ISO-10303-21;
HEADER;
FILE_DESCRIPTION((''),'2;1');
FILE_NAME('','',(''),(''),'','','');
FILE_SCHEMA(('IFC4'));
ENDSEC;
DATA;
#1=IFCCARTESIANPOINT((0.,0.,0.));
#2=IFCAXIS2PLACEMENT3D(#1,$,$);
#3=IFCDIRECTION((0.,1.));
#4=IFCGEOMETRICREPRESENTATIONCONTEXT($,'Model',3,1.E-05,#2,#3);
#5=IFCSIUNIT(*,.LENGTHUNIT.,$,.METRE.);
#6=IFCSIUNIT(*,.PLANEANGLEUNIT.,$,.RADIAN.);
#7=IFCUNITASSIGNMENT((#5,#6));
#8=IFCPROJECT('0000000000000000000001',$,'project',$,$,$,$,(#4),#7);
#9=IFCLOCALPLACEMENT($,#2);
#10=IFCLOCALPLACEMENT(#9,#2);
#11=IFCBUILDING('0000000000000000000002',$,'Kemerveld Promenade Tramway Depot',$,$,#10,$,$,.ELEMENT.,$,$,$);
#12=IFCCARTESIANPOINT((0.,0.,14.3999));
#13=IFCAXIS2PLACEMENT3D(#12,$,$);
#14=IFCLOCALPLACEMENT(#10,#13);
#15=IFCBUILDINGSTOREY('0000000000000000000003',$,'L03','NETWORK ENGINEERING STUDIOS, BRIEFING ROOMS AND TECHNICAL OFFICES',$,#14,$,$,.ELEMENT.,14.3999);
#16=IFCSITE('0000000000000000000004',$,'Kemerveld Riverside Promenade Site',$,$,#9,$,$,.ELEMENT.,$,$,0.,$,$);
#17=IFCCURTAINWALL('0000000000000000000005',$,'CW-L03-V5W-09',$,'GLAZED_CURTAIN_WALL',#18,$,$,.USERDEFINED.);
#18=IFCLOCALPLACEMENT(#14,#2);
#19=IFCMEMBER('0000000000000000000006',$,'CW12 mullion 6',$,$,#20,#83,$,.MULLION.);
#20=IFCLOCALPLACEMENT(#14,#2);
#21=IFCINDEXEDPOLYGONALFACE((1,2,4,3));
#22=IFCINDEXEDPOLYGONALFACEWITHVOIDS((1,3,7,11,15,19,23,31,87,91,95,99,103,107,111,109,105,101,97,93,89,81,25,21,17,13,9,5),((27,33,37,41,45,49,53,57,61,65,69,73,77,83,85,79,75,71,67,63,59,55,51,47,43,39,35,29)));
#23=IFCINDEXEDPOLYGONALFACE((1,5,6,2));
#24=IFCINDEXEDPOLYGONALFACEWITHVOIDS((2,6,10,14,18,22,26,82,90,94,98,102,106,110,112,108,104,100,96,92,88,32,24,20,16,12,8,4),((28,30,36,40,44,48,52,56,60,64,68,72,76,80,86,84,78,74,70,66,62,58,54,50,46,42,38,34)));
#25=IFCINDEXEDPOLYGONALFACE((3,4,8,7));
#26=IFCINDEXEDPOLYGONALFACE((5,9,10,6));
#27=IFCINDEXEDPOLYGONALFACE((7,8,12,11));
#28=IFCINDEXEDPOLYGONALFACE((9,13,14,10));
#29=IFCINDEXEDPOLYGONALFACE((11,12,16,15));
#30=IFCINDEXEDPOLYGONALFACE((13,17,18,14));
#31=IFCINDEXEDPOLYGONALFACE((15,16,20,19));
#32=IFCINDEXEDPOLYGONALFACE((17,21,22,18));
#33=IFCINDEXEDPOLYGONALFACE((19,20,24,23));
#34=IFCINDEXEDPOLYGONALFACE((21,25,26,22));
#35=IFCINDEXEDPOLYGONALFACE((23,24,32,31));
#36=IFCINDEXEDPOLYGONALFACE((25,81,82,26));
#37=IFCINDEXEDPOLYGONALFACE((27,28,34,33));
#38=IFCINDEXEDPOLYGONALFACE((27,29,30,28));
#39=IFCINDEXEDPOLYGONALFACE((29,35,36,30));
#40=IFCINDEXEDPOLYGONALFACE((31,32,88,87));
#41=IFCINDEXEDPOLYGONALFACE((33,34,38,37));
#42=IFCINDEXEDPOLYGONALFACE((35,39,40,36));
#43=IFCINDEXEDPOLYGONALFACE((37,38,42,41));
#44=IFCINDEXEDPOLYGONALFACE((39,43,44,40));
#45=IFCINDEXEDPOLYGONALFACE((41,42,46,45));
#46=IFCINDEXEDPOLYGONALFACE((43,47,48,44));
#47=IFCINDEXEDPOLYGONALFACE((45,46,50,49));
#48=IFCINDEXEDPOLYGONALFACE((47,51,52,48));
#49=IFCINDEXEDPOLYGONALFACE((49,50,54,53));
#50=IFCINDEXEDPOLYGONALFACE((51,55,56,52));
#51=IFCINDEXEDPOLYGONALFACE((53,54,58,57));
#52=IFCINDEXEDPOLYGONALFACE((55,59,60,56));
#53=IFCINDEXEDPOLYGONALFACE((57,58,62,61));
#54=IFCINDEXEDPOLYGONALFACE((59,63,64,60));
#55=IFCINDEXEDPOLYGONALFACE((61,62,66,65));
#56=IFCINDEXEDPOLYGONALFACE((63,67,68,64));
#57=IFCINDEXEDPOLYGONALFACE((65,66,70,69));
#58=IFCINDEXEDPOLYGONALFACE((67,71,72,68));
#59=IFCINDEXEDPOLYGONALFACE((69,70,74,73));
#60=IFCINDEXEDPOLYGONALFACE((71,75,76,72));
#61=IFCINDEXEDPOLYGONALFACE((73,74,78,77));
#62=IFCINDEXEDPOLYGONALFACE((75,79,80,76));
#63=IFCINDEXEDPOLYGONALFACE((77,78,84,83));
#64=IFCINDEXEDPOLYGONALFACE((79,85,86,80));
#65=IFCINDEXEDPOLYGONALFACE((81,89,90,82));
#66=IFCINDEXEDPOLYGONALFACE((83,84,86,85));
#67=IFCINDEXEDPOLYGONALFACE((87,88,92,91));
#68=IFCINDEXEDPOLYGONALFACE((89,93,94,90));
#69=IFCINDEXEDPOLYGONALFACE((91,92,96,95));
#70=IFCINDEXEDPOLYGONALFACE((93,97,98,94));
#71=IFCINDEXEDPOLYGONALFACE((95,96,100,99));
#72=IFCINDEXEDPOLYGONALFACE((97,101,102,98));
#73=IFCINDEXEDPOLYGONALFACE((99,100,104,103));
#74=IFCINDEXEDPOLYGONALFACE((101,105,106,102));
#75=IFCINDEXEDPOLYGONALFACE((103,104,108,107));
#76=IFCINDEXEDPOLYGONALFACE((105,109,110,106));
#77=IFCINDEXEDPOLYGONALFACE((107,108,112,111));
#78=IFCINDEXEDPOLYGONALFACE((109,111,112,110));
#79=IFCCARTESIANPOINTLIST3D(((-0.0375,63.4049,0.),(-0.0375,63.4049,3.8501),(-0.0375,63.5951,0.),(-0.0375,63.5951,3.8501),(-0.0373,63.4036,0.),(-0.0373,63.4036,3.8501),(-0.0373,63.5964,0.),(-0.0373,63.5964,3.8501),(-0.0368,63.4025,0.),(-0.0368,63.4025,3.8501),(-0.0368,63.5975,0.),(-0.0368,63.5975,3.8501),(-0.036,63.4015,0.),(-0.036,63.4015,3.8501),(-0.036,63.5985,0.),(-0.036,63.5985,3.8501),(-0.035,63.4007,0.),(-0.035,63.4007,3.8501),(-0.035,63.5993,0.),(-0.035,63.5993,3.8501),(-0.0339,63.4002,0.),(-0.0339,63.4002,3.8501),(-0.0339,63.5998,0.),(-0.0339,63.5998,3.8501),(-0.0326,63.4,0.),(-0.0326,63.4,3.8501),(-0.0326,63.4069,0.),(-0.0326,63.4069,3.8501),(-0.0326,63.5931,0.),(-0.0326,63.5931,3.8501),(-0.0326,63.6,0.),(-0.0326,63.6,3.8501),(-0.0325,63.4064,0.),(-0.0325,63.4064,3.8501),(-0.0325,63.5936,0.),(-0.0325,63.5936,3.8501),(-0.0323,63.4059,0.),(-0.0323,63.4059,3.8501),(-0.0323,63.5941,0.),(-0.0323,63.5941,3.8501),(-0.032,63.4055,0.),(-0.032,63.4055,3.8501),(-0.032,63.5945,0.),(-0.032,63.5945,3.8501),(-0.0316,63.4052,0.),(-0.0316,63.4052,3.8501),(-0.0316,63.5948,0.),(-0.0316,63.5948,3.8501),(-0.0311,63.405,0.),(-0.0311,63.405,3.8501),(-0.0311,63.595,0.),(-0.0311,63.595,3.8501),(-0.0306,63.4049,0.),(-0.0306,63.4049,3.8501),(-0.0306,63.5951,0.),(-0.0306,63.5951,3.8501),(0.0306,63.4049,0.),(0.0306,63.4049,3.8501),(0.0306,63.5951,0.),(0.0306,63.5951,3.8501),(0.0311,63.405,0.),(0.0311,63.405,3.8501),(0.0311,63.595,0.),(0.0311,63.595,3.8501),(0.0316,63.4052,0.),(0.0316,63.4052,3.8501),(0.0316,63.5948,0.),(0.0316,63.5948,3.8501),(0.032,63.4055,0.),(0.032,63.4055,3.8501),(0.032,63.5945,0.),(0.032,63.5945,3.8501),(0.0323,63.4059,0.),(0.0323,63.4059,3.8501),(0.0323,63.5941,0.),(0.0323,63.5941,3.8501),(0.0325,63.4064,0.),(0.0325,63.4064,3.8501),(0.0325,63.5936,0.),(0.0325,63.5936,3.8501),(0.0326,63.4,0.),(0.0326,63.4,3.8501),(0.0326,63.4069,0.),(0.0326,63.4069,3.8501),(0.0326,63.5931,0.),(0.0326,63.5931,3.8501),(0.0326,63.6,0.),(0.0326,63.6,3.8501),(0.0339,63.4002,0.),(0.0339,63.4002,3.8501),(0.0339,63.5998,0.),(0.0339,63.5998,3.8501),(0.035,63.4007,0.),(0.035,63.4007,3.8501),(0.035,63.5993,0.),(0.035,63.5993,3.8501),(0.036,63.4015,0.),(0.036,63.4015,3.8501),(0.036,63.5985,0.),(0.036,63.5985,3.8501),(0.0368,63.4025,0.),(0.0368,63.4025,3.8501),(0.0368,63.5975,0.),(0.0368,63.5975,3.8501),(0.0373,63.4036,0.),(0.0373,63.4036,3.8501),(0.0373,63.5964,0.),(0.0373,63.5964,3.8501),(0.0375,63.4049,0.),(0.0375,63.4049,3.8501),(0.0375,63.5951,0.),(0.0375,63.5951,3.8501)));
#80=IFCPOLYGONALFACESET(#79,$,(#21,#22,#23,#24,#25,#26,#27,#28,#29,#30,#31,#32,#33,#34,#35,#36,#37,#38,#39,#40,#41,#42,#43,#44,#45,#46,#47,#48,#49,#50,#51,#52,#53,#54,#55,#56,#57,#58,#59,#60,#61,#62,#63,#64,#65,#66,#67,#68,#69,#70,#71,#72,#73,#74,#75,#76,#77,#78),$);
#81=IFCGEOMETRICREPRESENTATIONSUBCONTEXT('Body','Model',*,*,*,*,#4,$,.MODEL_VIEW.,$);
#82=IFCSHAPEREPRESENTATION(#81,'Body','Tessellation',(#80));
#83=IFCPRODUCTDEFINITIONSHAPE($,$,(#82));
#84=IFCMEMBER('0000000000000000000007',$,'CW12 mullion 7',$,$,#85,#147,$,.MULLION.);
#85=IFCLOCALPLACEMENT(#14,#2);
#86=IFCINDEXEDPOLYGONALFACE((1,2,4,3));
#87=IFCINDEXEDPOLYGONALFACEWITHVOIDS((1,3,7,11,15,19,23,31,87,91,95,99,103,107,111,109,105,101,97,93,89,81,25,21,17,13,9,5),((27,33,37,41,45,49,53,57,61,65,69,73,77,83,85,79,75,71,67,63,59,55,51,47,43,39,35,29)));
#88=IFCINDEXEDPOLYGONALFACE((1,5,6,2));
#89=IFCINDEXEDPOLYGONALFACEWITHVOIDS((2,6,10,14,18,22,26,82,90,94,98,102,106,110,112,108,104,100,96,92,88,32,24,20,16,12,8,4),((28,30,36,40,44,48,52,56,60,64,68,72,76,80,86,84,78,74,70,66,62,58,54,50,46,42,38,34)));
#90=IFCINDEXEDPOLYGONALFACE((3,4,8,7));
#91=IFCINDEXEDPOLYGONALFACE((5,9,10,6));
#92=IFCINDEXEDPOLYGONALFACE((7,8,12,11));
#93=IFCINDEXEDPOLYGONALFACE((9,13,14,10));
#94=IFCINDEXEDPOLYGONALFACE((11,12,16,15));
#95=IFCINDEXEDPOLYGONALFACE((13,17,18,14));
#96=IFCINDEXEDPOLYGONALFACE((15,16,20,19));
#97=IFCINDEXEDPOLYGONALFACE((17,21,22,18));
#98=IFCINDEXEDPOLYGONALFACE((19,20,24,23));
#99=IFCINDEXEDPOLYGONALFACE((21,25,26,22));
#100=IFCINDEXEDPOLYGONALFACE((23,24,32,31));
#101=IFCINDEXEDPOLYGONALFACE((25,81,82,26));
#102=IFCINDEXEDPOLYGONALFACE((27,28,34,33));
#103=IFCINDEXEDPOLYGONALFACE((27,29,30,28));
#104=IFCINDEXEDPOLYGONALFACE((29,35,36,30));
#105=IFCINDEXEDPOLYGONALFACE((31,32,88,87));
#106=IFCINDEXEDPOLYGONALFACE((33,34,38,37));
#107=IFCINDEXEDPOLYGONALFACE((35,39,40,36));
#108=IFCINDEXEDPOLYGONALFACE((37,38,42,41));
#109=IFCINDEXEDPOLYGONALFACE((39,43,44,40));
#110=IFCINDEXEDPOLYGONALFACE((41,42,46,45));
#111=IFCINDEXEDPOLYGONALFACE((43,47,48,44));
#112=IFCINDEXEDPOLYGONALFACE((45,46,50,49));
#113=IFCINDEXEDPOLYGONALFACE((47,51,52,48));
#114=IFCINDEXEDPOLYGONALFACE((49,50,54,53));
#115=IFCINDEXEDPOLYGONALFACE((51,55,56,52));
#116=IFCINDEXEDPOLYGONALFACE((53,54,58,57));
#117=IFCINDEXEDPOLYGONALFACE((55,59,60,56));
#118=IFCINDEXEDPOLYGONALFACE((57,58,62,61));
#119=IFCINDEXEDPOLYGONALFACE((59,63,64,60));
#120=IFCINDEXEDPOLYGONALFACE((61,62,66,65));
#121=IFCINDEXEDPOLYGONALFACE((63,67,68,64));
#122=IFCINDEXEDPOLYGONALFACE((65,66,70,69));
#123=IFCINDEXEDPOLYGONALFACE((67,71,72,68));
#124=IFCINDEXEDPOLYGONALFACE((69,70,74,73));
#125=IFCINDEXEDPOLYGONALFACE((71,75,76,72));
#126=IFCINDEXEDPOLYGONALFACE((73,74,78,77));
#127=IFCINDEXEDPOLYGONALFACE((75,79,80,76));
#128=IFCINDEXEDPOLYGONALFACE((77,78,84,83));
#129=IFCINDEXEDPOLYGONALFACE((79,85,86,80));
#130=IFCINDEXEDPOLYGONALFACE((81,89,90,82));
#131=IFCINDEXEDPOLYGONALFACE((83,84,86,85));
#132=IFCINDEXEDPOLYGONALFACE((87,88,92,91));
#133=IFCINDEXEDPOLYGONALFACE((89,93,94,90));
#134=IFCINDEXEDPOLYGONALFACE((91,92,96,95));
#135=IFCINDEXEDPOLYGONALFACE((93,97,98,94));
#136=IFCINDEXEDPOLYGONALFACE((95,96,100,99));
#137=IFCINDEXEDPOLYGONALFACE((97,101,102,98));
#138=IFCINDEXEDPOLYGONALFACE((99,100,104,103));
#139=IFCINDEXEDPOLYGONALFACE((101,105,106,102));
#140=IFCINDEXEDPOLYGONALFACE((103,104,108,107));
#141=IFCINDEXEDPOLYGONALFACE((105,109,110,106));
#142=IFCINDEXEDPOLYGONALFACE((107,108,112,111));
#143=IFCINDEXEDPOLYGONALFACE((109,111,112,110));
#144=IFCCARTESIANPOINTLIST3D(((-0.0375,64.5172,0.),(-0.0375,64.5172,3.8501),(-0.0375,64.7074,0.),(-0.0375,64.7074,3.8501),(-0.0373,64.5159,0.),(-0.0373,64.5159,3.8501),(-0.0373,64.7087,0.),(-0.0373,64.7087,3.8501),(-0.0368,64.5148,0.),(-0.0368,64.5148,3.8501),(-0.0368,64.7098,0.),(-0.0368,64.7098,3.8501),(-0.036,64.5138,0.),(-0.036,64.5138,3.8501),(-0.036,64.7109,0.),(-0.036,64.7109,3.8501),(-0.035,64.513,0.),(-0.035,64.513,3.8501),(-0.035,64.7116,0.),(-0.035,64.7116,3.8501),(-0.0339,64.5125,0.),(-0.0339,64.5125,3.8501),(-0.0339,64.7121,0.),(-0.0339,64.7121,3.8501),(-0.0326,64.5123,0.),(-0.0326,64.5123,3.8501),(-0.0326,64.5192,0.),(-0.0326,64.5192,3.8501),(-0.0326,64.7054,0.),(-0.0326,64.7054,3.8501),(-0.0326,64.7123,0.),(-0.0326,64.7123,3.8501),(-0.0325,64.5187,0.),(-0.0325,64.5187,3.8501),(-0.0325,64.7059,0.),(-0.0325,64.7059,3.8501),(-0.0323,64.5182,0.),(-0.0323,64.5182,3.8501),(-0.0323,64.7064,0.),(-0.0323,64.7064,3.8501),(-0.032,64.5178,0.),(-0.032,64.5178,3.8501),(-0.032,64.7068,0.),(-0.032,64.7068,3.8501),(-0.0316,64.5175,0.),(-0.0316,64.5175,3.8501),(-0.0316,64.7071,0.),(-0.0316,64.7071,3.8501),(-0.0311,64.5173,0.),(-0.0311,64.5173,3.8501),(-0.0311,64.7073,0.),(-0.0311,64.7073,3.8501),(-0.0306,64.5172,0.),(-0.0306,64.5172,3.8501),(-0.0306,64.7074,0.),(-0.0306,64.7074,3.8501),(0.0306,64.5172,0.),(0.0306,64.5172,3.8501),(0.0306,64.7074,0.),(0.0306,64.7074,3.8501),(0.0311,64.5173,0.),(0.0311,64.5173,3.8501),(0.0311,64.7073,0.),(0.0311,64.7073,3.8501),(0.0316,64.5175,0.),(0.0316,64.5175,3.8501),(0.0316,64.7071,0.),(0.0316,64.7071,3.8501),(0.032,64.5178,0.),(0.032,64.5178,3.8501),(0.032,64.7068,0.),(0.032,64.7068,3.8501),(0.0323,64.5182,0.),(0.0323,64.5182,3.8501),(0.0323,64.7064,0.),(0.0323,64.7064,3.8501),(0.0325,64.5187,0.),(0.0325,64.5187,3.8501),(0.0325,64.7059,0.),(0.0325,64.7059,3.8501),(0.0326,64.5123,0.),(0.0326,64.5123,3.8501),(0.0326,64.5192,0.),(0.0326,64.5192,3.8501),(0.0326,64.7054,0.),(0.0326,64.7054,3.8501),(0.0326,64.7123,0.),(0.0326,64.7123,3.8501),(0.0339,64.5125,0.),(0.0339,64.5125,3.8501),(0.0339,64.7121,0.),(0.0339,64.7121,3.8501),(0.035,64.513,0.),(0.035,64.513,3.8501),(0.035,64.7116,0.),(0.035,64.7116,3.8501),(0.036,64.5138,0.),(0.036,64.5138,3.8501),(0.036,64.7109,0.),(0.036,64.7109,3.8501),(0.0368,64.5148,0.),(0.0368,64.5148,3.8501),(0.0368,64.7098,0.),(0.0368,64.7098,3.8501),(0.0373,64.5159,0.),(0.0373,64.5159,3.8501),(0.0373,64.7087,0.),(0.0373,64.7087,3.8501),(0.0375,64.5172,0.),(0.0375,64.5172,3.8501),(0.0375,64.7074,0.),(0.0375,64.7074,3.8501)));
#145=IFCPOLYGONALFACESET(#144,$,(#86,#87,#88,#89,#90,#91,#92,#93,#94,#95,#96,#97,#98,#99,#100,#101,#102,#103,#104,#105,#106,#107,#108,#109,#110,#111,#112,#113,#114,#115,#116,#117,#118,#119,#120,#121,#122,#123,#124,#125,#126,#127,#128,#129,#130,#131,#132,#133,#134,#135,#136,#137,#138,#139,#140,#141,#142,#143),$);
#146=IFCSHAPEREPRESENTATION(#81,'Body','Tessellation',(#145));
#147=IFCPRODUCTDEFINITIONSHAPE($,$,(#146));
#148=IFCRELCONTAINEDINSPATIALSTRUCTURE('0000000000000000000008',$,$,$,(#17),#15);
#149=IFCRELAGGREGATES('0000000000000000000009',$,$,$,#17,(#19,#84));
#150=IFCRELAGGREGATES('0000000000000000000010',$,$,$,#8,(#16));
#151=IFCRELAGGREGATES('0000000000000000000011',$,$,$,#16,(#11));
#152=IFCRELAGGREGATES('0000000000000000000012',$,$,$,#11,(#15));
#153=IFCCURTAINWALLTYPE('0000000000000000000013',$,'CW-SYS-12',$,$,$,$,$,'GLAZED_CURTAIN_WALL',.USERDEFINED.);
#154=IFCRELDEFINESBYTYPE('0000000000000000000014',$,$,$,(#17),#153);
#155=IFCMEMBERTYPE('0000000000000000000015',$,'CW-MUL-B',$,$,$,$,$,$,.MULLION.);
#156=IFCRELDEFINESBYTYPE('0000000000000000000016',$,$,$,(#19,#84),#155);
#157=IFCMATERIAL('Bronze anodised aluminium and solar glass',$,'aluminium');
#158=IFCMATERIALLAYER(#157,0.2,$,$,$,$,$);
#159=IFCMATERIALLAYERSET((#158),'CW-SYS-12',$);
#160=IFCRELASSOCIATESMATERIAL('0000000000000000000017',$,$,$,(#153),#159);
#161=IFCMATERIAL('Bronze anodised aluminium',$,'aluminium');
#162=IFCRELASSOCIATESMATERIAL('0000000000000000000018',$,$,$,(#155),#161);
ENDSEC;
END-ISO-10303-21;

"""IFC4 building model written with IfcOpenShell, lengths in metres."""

from ifc_helpers import new_model, si_unit, direction, frame, origin, origin_2d, place, context, subcontext, project, spatial, hollow_rectangle, extrude, material, layer, layer_set, material_profile, profile_set, type_object, element, aggregate, save


model = new_model("IFC4")

# Units and contexts
model_context = context("Model", 3, precision=1e-05, world=origin(), true_north=direction((0.0, 1.0)))
body_context = subcontext(model_context, "Body", "Model", "MODEL_VIEW")
ifc_project = project(units=[si_unit("LENGTHUNIT", "METRE"), si_unit("PLANEANGLEUNIT", "RADIAN")], contexts=[model_context])

# Site, building, storey
site_placement = place(None, origin())
site = spatial("IfcSite", under=ifc_project, at=site_placement, Name="Kemerveld Riverside Promenade Site", CompositionType="ELEMENT", RefElevation=0.0)
building_placement = place(site_placement, origin())
building = spatial("IfcBuilding", under=site, at=building_placement, Name="Kemerveld Promenade Tramway Depot", CompositionType="ELEMENT")
storey_placement = place(building_placement, frame((0.0, 0.0, 14.3999)))
storey = spatial("IfcBuildingStorey", under=building, at=storey_placement, Name="L03", Description="NETWORK ENGINEERING STUDIOS, BRIEFING ROOMS AND TECHNICAL OFFICES", CompositionType="ELEMENT", Elevation=14.3999)

# Curtain wall, members
ifc_material_1 = material(Name="Bronze anodised aluminium and solar glass", Category="aluminium")
ifc_layer_1 = layer(ifc_material_1, 0.2)
ifc_layer_set_1 = layer_set([ifc_layer_1], Name="CW-SYS-12")
curtain_wall_type = type_object("IfcCurtainWallType", Name="CW-SYS-12", ElementType="GLAZED_CURTAIN_WALL", PredefinedType="USERDEFINED", material=ifc_layer_set_1)
curtain_wall_placement = place(storey_placement, origin())
curtain_wall = element("IfcCurtainWall", 1, at=curtain_wall_placement, inside=storey, type_object=curtain_wall_type, Name="CW-L03-V5W-09", ObjectType="GLAZED_CURTAIN_WALL", PredefinedType="USERDEFINED")
ifc_material_2 = material(Name="Bronze anodised aluminium", Category="aluminium")
ifc_material_profile_1 = material_profile(ifc_material_2, hollow_rectangle(XDim=0.075, YDim=0.2, WallThickness=0.0049, InnerFilletRadius=0.002, OuterFilletRadius=0.0049, at=origin_2d()), Name="CW-MUL-200x75")
ifc_profile_set_1 = profile_set([ifc_material_profile_1], Name="Bronze anodised aluminium")
member_type_1 = type_object("IfcMemberType", Name="CW-MUL-B", PredefinedType="MULLION", material=ifc_profile_set_1)
member_1_placement = place(storey_placement, frame((0.0, 63.5, 0.0), z_axis=(0.0, 0.0, 1.0), x_axis=(-1.0, 0.0, 0.0)))
member_1 = element("IfcMember", 2, at=member_1_placement, type_object=member_type_1, Name="CW12 mullion 6", PredefinedType="MULLION", context=body_context, shape_type="SweptSolid", body=[
    extrude(hollow_rectangle(XDim=0.075, YDim=0.2, WallThickness=0.0049, InnerFilletRadius=0.002, OuterFilletRadius=0.0049, at=origin_2d()), origin(), (0.0, 0.0, 1.0), 3.8501),
])
member_2_placement = place(storey_placement, frame((0.0, 64.6123, 0.0), z_axis=(0.0, 0.0, 1.0), x_axis=(-1.0, 0.0, 0.0)))
member_2 = element("IfcMember", 3, at=member_2_placement, type_object=member_type_1, Name="CW12 mullion 7", PredefinedType="MULLION", context=body_context, shape_type="SweptSolid", body=[
    extrude(hollow_rectangle(XDim=0.075, YDim=0.2, WallThickness=0.0049, InnerFilletRadius=0.002, OuterFilletRadius=0.0049, at=origin_2d()), origin(), (0.0, 0.0, 1.0), 3.8501),
])
aggregate(curtain_wall, [member_1, member_2])

save(model, "model.ifc")
